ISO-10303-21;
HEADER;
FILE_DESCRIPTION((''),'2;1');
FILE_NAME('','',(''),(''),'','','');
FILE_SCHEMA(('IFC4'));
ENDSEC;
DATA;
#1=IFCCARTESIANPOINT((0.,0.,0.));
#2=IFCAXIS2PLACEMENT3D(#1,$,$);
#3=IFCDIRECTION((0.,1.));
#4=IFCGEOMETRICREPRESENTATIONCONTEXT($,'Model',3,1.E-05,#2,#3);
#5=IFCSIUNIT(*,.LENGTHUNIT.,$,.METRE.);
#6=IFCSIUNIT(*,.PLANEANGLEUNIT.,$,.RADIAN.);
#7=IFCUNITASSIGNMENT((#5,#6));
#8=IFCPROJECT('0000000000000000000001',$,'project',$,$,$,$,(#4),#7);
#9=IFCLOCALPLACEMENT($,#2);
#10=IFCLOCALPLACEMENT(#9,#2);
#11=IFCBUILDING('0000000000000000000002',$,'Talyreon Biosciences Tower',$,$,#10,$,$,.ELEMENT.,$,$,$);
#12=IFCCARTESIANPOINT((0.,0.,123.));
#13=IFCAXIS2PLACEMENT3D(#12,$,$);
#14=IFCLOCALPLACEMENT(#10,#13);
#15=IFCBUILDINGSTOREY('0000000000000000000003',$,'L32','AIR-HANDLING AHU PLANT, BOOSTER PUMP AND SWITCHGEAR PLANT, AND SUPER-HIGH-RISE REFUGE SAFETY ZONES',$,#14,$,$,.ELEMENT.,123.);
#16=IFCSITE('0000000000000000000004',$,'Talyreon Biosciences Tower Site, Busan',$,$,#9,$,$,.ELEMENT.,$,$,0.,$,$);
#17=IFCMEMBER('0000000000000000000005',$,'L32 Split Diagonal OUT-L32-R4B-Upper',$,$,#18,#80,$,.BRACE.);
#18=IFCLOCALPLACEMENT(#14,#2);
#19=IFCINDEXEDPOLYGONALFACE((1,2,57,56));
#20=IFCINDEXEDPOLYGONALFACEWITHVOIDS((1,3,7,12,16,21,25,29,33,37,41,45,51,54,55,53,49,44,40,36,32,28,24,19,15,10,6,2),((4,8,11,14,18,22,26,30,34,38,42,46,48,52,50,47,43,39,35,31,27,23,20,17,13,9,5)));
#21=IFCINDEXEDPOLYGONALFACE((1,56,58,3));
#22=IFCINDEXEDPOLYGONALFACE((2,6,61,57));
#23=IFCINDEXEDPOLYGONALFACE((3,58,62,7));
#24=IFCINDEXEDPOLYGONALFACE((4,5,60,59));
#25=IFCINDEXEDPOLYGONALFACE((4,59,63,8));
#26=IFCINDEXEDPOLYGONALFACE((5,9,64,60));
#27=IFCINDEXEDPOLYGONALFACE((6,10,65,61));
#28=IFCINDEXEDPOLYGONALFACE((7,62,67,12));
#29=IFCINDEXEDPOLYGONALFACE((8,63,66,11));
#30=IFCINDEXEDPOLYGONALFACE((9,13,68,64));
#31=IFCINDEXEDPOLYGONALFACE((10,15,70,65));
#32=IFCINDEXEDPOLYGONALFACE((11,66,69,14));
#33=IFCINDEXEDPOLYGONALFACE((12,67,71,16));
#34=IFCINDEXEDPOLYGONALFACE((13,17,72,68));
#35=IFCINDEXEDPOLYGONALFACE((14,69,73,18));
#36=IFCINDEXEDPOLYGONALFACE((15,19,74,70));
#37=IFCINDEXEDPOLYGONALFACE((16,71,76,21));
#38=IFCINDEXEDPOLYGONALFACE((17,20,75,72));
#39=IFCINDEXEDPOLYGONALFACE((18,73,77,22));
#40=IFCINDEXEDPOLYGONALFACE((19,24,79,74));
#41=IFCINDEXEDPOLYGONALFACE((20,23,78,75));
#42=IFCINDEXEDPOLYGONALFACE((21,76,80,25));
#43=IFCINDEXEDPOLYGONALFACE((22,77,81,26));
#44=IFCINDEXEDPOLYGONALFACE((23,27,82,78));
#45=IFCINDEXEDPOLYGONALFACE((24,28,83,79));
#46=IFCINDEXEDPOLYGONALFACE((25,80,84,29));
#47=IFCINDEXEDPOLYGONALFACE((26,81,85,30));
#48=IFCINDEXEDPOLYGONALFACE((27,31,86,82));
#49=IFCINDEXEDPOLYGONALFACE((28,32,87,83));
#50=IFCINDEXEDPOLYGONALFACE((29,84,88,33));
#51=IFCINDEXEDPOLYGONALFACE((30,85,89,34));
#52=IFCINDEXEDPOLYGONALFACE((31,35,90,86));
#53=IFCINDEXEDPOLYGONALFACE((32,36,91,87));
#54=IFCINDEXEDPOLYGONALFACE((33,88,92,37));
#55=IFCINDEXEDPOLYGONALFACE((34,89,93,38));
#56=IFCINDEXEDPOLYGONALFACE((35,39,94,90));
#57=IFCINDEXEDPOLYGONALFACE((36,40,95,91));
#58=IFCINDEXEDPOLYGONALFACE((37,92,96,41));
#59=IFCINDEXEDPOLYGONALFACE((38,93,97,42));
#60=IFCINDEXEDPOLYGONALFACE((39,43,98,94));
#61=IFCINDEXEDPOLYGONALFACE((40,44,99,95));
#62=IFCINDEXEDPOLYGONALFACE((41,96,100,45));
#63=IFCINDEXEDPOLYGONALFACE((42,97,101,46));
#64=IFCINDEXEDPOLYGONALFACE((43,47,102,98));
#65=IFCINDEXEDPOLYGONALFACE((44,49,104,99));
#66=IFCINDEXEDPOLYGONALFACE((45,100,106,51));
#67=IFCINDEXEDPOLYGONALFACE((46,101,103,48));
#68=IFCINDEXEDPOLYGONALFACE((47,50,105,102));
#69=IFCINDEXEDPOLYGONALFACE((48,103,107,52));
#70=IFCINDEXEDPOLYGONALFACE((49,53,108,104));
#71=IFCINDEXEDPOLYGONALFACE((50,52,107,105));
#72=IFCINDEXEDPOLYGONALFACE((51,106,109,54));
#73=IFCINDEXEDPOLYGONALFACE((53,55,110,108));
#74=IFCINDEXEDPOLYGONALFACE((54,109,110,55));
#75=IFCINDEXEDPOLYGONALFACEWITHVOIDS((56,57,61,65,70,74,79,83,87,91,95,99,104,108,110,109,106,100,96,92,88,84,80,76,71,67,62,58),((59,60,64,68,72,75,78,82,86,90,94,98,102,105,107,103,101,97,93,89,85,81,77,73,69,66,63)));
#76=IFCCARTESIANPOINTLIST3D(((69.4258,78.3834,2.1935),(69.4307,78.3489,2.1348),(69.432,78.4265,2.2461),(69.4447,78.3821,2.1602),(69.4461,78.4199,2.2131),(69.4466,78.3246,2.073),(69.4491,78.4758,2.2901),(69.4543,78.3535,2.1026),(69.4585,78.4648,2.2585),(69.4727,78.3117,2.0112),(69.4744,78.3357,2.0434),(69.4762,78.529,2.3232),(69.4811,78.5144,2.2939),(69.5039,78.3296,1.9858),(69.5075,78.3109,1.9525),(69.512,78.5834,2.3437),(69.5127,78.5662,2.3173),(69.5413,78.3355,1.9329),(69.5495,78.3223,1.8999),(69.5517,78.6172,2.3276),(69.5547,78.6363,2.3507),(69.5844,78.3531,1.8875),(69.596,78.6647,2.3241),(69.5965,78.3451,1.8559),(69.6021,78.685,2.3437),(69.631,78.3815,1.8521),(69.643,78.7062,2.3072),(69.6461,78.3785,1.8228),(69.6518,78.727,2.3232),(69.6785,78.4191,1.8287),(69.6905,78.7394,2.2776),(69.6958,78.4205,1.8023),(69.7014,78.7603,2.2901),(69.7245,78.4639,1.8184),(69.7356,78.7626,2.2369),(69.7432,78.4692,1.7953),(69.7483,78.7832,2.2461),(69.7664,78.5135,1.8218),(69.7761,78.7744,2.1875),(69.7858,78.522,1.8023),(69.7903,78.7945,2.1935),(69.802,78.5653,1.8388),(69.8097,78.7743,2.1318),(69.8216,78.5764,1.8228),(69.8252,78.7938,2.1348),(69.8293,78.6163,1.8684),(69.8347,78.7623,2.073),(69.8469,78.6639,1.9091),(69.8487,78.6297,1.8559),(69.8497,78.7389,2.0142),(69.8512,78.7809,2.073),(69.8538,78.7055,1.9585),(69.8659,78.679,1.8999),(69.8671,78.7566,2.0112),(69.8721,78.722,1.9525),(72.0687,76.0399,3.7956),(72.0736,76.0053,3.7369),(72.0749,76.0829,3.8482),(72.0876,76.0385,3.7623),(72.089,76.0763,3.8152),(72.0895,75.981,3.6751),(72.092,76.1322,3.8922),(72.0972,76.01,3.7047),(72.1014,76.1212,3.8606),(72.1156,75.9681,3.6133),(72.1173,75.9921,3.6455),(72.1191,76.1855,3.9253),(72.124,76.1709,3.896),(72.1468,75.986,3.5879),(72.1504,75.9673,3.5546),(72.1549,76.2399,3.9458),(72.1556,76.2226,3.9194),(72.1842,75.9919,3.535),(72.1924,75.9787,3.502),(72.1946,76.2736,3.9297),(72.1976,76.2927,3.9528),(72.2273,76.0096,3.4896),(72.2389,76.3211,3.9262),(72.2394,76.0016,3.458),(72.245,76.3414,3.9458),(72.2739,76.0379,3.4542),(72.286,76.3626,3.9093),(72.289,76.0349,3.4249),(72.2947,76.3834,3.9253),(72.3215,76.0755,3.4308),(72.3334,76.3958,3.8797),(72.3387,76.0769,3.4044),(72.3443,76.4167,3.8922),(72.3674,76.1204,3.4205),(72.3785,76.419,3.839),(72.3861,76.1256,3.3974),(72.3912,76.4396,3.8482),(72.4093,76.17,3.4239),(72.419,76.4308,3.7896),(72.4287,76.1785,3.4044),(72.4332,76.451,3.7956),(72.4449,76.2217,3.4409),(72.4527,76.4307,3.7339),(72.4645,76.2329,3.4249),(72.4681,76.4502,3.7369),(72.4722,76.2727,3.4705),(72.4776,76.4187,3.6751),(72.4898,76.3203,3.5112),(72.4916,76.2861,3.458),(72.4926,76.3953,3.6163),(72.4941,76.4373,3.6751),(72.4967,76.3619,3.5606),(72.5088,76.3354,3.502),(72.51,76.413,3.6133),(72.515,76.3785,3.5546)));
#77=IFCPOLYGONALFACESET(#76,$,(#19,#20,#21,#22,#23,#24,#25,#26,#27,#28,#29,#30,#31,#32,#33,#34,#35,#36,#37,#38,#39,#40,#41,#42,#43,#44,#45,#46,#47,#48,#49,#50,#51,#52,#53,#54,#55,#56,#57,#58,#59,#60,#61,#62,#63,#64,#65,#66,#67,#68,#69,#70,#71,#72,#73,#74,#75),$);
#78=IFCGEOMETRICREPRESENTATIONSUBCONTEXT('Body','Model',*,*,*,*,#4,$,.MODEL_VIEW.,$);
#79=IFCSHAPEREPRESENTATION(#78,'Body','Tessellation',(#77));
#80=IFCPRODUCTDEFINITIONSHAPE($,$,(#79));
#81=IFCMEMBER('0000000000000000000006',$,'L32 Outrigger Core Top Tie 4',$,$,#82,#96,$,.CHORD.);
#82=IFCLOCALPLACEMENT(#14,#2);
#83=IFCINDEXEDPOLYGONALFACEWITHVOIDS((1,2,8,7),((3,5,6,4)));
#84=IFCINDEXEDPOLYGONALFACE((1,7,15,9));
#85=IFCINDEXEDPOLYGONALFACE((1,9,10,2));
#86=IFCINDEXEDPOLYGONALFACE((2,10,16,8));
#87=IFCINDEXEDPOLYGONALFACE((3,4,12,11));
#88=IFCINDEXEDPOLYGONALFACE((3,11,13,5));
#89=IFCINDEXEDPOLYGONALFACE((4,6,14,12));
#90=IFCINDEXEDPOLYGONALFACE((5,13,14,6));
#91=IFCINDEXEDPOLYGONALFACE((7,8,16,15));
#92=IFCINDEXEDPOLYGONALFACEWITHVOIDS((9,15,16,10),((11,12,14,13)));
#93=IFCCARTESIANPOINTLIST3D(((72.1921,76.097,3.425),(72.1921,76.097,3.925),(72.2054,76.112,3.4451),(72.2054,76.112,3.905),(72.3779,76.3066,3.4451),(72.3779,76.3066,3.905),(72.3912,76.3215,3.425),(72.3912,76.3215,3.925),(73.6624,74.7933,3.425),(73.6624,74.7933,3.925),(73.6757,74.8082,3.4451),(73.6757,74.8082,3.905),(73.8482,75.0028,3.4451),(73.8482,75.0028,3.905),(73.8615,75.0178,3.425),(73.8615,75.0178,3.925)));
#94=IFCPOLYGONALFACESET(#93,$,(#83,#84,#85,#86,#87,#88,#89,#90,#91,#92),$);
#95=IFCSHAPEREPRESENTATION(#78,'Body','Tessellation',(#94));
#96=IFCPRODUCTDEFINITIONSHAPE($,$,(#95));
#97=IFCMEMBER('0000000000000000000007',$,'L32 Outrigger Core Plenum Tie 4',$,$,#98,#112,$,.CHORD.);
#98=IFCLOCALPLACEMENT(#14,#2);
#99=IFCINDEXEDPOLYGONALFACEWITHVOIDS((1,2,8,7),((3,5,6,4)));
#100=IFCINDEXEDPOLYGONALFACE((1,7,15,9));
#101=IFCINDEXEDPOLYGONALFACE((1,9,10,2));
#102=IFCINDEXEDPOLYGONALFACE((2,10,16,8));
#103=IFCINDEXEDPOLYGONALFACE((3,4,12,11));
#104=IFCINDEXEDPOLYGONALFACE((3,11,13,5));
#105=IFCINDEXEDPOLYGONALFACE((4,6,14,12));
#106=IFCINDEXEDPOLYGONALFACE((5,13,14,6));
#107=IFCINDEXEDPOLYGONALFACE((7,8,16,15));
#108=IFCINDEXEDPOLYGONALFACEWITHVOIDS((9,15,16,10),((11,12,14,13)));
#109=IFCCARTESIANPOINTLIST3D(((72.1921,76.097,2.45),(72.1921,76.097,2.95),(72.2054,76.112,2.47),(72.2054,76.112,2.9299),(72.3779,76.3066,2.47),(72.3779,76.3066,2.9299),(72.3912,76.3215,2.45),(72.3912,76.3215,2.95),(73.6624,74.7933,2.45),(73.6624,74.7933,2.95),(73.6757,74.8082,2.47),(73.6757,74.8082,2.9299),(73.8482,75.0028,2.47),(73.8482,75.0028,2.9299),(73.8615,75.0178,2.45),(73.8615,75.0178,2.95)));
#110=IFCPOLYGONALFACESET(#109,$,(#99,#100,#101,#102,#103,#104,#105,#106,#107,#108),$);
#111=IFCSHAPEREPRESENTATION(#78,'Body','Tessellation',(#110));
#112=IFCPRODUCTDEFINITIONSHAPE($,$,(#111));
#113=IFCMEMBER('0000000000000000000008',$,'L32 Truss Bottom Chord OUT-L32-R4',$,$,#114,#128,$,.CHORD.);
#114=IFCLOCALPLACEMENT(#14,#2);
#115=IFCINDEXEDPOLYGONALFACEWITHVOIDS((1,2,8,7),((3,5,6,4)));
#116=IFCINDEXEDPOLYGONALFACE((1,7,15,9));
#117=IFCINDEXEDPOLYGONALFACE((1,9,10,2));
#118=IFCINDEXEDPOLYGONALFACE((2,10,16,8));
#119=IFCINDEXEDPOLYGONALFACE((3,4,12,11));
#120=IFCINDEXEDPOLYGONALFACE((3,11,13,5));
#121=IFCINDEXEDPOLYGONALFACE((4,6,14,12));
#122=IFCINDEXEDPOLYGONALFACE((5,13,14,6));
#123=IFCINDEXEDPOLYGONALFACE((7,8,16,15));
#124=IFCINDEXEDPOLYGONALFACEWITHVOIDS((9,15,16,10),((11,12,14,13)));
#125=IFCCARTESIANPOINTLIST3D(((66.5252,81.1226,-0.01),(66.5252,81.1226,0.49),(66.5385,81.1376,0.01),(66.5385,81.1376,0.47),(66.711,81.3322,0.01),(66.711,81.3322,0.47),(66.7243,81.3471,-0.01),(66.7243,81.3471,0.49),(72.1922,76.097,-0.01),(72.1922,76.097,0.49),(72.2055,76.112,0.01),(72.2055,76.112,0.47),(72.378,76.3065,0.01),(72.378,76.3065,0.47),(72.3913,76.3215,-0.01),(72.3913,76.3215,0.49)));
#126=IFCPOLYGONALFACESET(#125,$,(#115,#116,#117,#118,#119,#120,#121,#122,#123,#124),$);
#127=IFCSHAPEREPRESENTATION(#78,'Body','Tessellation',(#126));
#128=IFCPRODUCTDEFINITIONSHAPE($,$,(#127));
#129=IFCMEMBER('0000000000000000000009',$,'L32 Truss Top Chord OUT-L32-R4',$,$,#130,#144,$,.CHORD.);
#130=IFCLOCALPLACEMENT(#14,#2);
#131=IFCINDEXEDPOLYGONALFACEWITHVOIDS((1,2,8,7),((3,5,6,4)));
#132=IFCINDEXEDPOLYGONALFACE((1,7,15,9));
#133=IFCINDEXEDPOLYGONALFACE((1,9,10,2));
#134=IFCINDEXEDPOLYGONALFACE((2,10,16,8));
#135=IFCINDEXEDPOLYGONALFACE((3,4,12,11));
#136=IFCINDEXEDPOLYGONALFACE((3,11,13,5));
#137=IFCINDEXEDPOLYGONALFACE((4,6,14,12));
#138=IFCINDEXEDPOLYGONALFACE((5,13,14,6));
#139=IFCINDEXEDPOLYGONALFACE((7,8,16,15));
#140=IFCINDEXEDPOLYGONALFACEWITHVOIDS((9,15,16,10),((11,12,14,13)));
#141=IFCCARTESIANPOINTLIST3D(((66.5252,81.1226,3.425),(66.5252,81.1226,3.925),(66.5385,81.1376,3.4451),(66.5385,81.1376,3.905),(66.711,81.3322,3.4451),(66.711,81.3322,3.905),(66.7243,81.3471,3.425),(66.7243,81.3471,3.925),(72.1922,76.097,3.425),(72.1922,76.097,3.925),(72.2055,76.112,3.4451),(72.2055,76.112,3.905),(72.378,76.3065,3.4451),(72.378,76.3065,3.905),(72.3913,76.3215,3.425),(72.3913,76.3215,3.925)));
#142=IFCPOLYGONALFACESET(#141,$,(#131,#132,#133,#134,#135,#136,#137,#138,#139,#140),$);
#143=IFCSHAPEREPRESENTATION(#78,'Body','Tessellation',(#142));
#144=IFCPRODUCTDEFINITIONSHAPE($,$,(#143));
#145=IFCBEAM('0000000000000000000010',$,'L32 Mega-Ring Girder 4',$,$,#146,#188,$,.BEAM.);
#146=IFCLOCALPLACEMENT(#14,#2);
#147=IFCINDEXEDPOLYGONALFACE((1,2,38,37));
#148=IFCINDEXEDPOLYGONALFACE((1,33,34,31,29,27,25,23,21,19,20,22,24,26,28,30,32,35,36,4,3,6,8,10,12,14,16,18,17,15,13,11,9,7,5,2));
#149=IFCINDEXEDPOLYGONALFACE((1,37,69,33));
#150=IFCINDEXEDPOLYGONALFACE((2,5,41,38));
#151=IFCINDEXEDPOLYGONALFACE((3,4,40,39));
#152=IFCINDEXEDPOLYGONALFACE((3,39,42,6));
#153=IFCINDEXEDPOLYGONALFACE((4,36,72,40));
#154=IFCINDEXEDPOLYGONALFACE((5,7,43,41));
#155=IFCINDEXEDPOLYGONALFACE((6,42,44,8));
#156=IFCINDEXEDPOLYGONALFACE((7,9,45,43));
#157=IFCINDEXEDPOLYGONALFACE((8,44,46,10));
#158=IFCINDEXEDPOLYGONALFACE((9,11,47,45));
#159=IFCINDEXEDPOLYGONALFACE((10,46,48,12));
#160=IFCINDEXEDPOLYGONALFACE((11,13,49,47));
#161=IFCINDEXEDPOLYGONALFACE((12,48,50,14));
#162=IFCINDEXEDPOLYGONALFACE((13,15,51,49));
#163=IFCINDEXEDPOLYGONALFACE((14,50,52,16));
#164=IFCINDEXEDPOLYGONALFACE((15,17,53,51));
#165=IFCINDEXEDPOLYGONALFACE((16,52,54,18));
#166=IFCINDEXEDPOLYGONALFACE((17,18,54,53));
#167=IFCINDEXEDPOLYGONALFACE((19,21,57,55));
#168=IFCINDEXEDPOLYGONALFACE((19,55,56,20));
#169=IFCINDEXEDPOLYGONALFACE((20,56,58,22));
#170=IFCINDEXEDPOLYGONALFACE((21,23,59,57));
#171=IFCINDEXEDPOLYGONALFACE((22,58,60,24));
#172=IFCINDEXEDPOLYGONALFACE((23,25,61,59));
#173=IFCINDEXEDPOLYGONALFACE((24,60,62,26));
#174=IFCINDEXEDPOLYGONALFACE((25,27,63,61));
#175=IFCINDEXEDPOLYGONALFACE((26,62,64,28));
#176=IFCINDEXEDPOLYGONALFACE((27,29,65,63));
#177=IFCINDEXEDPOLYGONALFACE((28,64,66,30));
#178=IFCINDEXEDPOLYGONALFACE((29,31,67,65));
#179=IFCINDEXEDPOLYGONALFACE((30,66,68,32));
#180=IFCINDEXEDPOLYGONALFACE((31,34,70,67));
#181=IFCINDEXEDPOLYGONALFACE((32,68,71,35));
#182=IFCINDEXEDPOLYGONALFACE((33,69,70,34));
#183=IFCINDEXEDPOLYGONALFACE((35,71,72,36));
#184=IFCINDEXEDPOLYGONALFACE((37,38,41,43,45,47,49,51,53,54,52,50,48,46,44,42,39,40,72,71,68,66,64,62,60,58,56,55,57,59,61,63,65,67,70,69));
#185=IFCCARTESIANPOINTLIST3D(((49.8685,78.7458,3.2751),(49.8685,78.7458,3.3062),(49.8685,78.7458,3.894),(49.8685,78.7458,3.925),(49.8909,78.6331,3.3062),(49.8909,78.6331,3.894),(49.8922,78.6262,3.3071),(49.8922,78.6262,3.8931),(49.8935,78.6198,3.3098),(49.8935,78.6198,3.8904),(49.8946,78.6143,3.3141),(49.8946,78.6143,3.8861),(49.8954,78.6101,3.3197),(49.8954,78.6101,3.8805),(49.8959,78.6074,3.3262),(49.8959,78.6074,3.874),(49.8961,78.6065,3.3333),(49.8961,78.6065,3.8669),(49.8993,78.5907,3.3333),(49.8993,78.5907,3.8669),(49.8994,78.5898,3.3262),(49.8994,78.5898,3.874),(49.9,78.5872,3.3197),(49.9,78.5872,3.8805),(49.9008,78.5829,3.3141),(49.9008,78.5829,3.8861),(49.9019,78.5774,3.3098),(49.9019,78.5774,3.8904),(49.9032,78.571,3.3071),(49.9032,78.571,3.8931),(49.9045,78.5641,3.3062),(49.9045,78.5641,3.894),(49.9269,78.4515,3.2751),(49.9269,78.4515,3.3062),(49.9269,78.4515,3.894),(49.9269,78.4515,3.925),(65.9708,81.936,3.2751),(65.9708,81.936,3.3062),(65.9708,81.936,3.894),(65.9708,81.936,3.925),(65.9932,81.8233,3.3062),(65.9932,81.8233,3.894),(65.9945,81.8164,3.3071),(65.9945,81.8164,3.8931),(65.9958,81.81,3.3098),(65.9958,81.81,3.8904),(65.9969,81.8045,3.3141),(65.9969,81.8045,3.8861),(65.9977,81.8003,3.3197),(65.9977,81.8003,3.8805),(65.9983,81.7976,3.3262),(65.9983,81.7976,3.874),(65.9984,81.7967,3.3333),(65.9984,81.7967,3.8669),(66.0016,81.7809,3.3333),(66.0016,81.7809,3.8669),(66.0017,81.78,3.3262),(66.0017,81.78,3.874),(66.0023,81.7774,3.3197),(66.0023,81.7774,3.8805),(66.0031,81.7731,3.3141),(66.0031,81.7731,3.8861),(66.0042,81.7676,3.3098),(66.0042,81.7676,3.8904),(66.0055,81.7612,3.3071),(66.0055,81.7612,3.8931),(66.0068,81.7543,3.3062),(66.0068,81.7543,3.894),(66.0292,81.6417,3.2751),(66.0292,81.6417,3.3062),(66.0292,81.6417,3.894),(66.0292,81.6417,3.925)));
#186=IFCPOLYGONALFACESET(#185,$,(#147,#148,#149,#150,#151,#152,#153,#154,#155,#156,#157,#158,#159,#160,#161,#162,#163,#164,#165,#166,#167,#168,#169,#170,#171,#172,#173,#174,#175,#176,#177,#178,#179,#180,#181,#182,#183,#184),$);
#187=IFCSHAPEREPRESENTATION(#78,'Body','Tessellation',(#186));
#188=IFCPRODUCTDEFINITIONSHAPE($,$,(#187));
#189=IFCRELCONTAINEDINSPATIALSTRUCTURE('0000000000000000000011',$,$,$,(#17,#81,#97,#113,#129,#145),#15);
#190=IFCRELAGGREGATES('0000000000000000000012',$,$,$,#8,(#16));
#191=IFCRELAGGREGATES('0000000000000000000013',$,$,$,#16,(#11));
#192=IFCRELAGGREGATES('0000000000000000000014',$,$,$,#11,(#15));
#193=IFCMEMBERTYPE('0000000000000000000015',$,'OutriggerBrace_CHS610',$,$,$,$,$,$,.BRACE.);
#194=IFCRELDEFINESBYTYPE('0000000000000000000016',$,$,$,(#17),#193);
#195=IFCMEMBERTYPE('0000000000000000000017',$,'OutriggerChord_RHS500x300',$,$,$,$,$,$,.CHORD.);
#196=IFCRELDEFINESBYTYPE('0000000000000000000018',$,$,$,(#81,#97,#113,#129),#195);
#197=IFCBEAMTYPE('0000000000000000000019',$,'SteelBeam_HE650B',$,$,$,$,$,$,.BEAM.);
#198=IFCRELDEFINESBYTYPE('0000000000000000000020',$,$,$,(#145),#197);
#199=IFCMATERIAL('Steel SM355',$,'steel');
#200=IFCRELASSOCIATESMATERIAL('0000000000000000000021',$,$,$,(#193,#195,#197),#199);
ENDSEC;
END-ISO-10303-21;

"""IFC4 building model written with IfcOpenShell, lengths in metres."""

from ifc_helpers import new_model, si_unit, direction, frame, origin, origin_2d, place, context, subcontext, project, spatial, hollow_rectangle, hollow_circle, i_section, extrude, material, material_profile, profile_set, type_object, element, save


model = new_model("IFC4")

# Units and contexts
model_context = context("Model", 3, precision=1e-05, world=origin(), true_north=direction((0.0, 1.0)))
body_context = subcontext(model_context, "Body", "Model", "MODEL_VIEW")
ifc_project = project(units=[si_unit("LENGTHUNIT", "METRE"), si_unit("PLANEANGLEUNIT", "RADIAN")], contexts=[model_context])

# Site, building, storey
site_placement = place(None, origin())
site = spatial("IfcSite", under=ifc_project, at=site_placement, Name="Talyreon Biosciences Tower Site, Busan", CompositionType="ELEMENT", RefElevation=0.0)
building_placement = place(site_placement, origin())
building = spatial("IfcBuilding", under=site, at=building_placement, Name="Talyreon Biosciences Tower", CompositionType="ELEMENT")
storey_placement = place(building_placement, frame((0.0, 0.0, 123.0)))
storey = spatial("IfcBuildingStorey", under=building, at=storey_placement, Name="L32", Description="AIR-HANDLING AHU PLANT, BOOSTER PUMP AND SWITCHGEAR PLANT, AND SUPER-HIGH-RISE REFUGE SAFETY ZONES", CompositionType="ELEMENT", Elevation=123.0)

# Shared definitions
ifc_material_1 = material(Name="Steel SM355", Category="steel")

# Members
ifc_material_profile_1 = material_profile(ifc_material_1, hollow_circle(Radius=0.3049, WallThickness=0.0249, at=origin_2d()), Name="CHS 610x25")
ifc_profile_set_1 = profile_set([ifc_material_profile_1], Name="Steel SM355")
member_type_1 = type_object("IfcMemberType", Name="OutriggerBrace_CHS610", PredefinedType="BRACE", material=ifc_profile_set_1)
member_1_placement = place(storey_placement, frame((69.6489, 78.5527, 2.073), z_axis=(0.681396, -0.604223, 0.413055), x_axis=(0.663467, 0.748206, 0.0)))
element("IfcMember", 1, at=member_1_placement, inside=storey, type_object=member_type_1, Name="L32 Split Diagonal OUT-L32-R4B-Upper", PredefinedType="BRACE", context=body_context, shape_type="SweptSolid", body=[
    extrude(hollow_circle(Radius=0.3049, WallThickness=0.0249, at=origin_2d()), origin(), (0.0, 0.0, 1.0), 3.8787),
])
ifc_material_profile_2 = material_profile(ifc_material_1, hollow_rectangle(XDim=0.3, YDim=0.5, WallThickness=0.02, at=origin_2d()), Name="RHS 500x300x20")
ifc_profile_set_2 = profile_set([ifc_material_profile_2], Name="Steel SM355")
member_type_2 = type_object("IfcMemberType", Name="OutriggerChord_RHS500x300", PredefinedType="CHORD", material=ifc_profile_set_2)
for number, where, z_axis, x_axis, name in (
    (2, (73.762, 74.9055, 3.675), (-0.748204, 0.663469, 0.0), (-0.663469, -0.748204, 0.0), "L32 Outrigger Core Top Tie 4"),
    (3, (73.762, 74.9055, 2.7), (-0.748204, 0.663469, 0.0), (-0.663469, -0.748204, 0.0), "L32 Outrigger Core Plenum Tie 4"),
):
    element("IfcMember", number, at=place(storey_placement, frame(where, z_axis=z_axis, x_axis=x_axis)), inside=storey, type_object=member_type_2, Name=name, PredefinedType="CHORD", context=body_context, shape_type="SweptSolid", body=[
        extrude(hollow_rectangle(XDim=0.3, YDim=0.5, WallThickness=0.02, at=origin_2d()), origin(), (0.0, 0.0, 1.0), 1.9651),
    ])
for number, where, z_axis, x_axis, name in (
    (4, (72.2917, 76.2092, 0.24), (-0.748175, 0.663501, 0.0), (-0.663501, -0.748175, 0.0), "L32 Truss Bottom Chord OUT-L32-R4"),
    (5, (72.2917, 76.2092, 3.675), (-0.748175, 0.663501, 0.0), (-0.663501, -0.748175, 0.0), "L32 Truss Top Chord OUT-L32-R4"),
):
    element("IfcMember", number, at=place(storey_placement, frame(where, z_axis=z_axis, x_axis=x_axis)), inside=storey, type_object=member_type_2, Name=name, PredefinedType="CHORD", context=body_context, shape_type="SweptSolid", body=[
        extrude(hollow_rectangle(XDim=0.3, YDim=0.5, WallThickness=0.02, at=origin_2d()), origin(), (0.0, 0.0, 1.0), 7.5745),
    ])

# Beam
ifc_material_profile_3 = material_profile(ifc_material_1, i_section(OverallWidth=0.3, OverallDepth=0.6499, WebThickness=0.0161, FlangeThickness=0.031, FilletRadius=0.0271, at=origin_2d()), Name="HE650B")
ifc_profile_set_3 = profile_set([ifc_material_profile_3], Name="Steel SM355")
beam_type_1 = type_object("IfcBeamType", Name="SteelBeam_HE650B", PredefinedType="BEAM", material=ifc_profile_set_3)
beam_1_placement = place(storey_placement, frame((66.0, 81.7888, 3.6001), z_axis=(-0.980934, -0.194343, 0.0), x_axis=(0.194343, -0.980934, 0.0)))
element("IfcBeam", 6, at=beam_1_placement, inside=storey, type_object=beam_type_1, Name="L32 Mega-Ring Girder 4", PredefinedType="BEAM", context=body_context, shape_type="SweptSolid", body=[
    extrude(i_section(OverallWidth=0.3, OverallDepth=0.6499, WebThickness=0.0161, FlangeThickness=0.031, FilletRadius=0.0271, at=origin_2d()), origin(), (0.0, 0.0, 1.0), 16.4153),
])

save(model, "model.ifc")
